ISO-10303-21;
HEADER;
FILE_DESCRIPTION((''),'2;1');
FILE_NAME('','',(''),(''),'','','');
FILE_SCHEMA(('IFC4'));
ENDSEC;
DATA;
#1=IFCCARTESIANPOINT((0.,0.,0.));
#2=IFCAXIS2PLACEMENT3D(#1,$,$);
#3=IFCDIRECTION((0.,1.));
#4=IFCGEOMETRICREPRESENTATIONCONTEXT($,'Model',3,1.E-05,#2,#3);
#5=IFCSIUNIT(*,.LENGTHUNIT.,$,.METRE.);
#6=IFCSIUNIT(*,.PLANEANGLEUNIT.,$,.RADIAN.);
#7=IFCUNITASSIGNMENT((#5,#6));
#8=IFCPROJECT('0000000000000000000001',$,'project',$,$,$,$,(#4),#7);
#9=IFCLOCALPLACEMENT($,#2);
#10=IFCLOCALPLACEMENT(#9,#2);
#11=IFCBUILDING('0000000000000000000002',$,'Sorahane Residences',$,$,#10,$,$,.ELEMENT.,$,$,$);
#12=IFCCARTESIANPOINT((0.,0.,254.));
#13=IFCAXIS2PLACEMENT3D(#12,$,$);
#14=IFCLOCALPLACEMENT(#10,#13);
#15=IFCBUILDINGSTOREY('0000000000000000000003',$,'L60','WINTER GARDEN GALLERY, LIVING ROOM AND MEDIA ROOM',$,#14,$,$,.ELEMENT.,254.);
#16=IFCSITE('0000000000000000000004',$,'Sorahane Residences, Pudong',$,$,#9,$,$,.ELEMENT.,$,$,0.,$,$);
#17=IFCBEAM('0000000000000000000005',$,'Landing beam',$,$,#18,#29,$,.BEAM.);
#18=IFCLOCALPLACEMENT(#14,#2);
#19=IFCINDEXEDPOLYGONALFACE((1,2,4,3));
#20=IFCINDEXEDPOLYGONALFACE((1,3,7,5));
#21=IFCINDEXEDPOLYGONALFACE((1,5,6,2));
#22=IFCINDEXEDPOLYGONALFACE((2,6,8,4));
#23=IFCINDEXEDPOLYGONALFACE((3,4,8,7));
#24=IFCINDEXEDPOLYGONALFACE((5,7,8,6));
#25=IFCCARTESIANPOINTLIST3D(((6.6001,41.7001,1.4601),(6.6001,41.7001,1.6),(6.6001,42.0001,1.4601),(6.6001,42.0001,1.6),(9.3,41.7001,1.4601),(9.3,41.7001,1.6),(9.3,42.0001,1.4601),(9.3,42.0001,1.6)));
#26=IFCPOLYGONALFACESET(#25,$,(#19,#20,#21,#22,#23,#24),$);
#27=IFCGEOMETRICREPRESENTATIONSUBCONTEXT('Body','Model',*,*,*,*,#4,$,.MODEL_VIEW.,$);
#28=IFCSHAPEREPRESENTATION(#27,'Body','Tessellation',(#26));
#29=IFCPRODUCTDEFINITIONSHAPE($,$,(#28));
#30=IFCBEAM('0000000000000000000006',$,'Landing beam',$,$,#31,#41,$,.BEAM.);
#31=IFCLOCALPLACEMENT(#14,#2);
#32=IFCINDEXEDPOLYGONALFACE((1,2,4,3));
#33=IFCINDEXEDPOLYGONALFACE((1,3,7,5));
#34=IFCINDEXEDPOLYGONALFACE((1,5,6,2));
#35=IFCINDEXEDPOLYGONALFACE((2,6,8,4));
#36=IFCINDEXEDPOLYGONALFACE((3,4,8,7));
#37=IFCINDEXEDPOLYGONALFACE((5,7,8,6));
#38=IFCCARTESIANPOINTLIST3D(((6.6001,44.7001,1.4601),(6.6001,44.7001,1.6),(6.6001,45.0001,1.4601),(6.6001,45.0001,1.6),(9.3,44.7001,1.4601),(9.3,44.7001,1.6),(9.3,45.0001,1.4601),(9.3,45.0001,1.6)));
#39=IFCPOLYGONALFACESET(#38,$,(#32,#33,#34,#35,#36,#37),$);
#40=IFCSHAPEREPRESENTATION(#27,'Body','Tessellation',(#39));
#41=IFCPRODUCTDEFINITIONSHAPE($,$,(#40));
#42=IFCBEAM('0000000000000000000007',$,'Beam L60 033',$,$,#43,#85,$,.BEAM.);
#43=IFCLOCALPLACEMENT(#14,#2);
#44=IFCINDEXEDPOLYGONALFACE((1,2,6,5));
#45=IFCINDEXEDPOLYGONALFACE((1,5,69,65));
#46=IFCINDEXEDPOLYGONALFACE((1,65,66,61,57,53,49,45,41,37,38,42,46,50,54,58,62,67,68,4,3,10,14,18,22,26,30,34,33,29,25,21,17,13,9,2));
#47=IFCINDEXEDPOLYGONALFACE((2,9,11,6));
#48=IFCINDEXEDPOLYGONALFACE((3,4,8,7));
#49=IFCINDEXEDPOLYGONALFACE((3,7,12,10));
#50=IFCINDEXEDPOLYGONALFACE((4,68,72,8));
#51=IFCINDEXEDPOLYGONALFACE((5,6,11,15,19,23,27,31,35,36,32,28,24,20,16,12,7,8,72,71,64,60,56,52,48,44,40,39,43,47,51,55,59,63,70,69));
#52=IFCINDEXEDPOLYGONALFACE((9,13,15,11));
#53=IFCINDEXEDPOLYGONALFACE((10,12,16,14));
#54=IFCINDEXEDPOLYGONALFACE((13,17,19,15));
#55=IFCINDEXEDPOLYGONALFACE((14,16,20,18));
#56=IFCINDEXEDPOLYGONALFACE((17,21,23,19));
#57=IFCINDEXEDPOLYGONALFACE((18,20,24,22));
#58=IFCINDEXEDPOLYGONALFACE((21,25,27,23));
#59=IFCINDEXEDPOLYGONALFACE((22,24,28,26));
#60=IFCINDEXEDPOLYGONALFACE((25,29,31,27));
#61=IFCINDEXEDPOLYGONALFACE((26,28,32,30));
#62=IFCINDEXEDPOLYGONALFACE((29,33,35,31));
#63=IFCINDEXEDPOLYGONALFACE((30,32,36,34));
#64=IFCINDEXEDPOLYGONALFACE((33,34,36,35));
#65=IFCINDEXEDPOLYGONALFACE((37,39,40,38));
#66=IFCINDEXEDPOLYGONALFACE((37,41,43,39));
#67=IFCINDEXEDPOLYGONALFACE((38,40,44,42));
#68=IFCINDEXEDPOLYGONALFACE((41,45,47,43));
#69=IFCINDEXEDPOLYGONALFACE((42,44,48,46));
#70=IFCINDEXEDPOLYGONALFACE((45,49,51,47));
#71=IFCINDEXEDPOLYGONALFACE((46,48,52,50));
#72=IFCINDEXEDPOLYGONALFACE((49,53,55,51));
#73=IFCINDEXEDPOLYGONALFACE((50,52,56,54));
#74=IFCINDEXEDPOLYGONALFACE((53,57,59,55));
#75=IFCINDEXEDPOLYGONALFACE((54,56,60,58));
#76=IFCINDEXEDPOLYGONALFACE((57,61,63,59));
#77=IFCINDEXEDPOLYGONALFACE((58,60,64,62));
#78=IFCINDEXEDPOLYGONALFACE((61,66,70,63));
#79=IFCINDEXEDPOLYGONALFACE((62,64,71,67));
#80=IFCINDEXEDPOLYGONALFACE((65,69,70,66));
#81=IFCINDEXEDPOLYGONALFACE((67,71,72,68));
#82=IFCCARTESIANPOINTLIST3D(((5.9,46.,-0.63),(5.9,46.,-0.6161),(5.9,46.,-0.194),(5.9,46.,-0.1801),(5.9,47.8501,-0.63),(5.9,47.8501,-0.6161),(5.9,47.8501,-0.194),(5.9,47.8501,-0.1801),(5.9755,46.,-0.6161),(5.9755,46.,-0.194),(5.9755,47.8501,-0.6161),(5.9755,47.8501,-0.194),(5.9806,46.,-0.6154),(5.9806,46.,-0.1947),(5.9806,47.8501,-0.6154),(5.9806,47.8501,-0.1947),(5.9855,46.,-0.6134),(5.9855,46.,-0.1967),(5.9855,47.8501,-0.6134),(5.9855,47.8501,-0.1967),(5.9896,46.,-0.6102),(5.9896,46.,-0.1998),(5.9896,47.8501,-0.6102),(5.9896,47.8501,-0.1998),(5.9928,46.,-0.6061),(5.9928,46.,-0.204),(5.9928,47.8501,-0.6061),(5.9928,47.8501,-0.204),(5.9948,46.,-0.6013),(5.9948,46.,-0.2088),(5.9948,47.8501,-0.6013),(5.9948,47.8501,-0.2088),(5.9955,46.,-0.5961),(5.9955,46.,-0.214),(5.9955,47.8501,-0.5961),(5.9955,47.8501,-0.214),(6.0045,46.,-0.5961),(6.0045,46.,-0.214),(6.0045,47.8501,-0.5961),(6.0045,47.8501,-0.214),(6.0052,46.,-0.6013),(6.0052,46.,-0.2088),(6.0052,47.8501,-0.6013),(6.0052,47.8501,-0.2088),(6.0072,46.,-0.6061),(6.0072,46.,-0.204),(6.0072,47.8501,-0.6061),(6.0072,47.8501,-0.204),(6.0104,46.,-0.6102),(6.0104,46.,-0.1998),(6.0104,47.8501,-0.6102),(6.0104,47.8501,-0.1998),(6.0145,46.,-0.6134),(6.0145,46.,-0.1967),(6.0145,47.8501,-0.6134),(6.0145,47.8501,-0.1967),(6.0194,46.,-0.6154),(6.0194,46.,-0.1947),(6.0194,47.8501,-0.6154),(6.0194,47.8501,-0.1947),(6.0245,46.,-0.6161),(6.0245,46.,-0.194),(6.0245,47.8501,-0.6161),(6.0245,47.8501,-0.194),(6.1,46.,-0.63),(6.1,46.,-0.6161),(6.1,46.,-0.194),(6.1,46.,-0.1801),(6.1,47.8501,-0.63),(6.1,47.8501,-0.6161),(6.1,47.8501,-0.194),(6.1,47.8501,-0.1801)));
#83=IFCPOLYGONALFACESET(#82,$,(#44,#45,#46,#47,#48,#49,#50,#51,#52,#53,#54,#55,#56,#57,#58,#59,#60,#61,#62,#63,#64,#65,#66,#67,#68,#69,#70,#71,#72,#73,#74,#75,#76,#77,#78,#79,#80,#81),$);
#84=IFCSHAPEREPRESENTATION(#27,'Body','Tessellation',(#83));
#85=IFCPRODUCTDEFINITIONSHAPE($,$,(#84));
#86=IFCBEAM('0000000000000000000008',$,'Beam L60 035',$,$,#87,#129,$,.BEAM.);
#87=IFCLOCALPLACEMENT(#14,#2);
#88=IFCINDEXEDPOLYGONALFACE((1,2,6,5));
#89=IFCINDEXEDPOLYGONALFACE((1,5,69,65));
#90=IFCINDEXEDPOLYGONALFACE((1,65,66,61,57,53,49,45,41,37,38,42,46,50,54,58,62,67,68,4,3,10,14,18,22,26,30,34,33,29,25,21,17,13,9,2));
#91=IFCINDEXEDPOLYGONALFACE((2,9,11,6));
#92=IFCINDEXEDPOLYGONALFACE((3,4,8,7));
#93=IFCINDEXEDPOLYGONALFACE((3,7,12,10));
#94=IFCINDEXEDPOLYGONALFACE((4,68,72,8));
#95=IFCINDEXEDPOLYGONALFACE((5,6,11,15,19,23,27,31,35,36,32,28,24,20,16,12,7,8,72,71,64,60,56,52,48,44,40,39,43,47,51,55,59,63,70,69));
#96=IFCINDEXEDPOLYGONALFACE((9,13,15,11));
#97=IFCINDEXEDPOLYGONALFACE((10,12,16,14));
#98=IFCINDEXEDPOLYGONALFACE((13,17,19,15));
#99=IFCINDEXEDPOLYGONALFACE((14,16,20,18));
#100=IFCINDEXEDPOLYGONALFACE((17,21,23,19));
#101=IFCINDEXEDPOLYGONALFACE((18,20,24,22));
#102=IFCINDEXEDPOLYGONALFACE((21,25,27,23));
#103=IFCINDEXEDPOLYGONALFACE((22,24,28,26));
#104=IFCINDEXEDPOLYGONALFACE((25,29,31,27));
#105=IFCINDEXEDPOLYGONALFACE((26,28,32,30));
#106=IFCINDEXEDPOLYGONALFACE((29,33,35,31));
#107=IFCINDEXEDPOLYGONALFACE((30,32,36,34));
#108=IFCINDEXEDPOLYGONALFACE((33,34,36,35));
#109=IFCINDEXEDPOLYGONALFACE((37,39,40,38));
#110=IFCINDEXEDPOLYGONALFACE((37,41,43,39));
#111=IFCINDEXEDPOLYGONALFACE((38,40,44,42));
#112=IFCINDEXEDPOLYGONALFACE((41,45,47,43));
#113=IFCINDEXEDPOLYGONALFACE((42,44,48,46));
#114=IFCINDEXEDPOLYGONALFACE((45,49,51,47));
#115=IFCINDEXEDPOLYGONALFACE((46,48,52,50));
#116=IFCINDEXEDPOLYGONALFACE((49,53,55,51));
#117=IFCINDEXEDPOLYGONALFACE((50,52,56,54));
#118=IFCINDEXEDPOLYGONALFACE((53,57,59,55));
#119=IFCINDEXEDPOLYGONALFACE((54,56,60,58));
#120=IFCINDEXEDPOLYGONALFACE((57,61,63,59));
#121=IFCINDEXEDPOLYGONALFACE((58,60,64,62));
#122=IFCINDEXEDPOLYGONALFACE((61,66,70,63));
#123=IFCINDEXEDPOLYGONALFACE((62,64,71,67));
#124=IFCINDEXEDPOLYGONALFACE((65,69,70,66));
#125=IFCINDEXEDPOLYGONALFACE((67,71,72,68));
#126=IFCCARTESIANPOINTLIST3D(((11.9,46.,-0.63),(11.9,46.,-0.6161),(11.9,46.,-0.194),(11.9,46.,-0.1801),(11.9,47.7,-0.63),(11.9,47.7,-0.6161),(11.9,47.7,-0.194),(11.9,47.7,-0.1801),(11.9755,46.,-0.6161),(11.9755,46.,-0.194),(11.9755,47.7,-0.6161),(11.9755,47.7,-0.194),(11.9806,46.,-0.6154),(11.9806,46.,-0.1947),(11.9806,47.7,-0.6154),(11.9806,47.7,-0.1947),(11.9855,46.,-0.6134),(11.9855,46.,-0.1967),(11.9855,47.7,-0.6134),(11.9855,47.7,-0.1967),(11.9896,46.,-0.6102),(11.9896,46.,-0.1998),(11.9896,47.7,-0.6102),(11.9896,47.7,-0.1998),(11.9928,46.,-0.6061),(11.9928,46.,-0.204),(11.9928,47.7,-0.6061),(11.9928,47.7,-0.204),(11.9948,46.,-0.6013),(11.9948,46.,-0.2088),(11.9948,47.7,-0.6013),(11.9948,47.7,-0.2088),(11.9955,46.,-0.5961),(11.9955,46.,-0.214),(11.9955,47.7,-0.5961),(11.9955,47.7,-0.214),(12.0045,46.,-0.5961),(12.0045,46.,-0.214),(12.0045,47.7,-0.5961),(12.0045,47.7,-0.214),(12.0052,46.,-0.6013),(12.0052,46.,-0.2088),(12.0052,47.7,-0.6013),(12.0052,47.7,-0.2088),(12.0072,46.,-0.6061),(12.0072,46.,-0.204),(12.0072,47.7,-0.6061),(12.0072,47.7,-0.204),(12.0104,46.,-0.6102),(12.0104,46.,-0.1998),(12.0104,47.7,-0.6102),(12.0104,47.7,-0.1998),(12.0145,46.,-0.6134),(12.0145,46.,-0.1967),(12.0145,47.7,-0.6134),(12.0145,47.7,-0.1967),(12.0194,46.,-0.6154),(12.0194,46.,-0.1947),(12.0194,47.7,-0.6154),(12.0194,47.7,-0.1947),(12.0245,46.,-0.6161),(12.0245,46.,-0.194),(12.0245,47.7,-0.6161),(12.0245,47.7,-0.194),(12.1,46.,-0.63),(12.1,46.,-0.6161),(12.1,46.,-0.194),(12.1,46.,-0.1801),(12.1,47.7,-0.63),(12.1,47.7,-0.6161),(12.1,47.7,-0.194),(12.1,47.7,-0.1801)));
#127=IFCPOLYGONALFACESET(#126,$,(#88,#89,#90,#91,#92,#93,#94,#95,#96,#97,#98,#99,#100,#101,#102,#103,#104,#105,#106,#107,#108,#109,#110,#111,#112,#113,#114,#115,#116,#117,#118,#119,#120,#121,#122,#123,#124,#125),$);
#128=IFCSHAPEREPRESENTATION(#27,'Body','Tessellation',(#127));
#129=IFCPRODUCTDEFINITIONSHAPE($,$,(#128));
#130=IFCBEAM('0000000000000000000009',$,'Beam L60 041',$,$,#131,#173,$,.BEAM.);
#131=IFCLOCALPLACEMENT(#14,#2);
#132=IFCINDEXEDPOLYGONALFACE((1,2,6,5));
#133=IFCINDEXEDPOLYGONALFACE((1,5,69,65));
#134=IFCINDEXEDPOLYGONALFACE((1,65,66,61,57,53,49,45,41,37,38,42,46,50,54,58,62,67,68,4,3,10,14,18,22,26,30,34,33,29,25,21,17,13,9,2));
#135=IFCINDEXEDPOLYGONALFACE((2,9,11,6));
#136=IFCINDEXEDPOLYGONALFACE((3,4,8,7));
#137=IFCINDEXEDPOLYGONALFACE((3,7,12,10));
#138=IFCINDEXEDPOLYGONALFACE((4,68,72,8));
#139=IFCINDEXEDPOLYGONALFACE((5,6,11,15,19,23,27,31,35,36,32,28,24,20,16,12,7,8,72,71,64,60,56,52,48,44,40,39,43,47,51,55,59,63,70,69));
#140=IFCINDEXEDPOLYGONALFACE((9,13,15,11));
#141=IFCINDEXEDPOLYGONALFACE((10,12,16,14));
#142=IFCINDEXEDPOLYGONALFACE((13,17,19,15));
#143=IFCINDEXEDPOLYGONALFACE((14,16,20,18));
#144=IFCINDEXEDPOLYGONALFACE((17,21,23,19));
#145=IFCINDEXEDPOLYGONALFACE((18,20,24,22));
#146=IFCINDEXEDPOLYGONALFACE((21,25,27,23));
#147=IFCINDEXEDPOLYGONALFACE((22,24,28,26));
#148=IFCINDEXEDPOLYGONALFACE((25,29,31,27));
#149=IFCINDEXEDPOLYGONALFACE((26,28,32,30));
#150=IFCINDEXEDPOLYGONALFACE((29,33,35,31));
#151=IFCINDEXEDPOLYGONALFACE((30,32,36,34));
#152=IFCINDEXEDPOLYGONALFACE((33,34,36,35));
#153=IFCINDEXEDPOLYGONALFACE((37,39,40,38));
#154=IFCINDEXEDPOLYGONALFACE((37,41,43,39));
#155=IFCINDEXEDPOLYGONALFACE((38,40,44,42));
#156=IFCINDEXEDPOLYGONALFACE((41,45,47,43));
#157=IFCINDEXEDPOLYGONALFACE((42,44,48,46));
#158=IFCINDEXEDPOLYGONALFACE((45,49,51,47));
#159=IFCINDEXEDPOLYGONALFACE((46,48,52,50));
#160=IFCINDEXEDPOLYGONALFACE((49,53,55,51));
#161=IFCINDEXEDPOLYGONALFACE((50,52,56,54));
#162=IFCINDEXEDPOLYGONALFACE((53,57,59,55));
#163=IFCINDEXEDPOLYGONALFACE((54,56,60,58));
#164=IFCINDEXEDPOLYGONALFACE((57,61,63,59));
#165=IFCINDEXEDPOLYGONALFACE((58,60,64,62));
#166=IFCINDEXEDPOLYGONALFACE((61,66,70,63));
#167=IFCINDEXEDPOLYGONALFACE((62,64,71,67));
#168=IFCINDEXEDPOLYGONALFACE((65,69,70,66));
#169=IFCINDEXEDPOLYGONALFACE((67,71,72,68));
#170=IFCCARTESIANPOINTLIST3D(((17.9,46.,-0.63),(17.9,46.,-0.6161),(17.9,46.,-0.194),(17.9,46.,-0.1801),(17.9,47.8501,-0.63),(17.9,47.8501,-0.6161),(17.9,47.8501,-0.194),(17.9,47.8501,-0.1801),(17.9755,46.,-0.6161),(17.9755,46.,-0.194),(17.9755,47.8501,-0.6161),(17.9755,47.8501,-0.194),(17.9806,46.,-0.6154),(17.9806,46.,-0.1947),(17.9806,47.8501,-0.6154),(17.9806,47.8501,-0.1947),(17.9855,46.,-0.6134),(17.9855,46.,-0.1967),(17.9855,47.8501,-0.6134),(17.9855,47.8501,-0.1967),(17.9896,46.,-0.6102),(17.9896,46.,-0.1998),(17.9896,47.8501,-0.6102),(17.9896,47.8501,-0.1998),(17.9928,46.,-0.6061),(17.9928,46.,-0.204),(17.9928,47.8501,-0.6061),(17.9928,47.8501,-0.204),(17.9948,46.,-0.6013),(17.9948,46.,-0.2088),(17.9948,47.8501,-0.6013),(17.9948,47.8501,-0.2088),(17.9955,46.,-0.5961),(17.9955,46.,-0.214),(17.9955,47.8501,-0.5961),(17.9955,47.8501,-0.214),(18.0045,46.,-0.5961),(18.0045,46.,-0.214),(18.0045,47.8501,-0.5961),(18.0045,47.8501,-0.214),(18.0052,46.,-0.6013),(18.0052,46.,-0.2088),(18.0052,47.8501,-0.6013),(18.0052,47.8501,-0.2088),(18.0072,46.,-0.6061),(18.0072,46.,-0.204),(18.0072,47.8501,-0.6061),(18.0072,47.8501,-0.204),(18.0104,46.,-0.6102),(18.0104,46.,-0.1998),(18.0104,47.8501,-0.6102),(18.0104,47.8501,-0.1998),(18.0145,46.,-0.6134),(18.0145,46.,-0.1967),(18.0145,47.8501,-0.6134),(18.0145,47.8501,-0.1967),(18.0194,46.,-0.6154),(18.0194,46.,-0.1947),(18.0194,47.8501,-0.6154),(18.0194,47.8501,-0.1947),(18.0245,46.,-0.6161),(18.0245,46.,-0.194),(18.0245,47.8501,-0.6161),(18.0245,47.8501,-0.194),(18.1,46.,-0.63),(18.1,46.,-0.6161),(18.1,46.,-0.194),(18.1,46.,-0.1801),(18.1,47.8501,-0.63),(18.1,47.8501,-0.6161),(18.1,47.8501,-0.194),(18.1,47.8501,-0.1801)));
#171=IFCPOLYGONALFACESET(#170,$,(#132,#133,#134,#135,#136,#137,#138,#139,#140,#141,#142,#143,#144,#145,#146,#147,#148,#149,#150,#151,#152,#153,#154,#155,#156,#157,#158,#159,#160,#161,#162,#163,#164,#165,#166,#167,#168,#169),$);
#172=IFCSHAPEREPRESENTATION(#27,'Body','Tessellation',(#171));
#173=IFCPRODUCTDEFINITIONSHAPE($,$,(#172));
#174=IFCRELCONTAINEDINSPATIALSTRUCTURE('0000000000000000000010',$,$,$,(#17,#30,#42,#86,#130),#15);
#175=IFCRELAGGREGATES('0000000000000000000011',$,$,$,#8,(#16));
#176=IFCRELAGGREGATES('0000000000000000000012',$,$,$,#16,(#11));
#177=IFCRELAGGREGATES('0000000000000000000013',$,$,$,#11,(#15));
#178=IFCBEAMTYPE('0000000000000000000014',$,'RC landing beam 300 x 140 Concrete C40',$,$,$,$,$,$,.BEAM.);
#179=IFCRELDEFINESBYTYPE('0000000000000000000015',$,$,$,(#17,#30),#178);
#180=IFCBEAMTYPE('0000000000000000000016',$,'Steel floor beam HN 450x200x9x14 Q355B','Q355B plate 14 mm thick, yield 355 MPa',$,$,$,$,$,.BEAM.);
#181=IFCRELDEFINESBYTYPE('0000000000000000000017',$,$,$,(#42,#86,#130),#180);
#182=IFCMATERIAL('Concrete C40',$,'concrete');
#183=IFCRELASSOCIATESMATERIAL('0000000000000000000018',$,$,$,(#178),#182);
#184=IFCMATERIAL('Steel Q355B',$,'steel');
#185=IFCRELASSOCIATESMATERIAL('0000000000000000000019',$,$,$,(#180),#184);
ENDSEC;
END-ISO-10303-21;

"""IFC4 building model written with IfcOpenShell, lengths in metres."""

from ifc_helpers import new_model, si_unit, direction, frame, origin, origin_2d, place, context, subcontext, project, spatial, rectangle, i_section, extrude, material, material_profile, profile_set, type_object, element, save


model = new_model("IFC4")

# Units and contexts
model_context = context("Model", 3, precision=1e-05, world=origin(), true_north=direction((0.0, 1.0)))
body_context = subcontext(model_context, "Body", "Model", "MODEL_VIEW")
ifc_project = project(units=[si_unit("LENGTHUNIT", "METRE"), si_unit("PLANEANGLEUNIT", "RADIAN")], contexts=[model_context])

# Site, building, storey
site_placement = place(None, origin())
site = spatial("IfcSite", under=ifc_project, at=site_placement, Name="Sorahane Residences, Pudong", CompositionType="ELEMENT", RefElevation=0.0)
building_placement = place(site_placement, origin())
building = spatial("IfcBuilding", under=site, at=building_placement, Name="Sorahane Residences", CompositionType="ELEMENT")
storey_placement = place(building_placement, frame((0.0, 0.0, 254.0)))
storey = spatial("IfcBuildingStorey", under=building, at=storey_placement, Name="L60", Description="WINTER GARDEN GALLERY, LIVING ROOM AND MEDIA ROOM", CompositionType="ELEMENT", Elevation=254.0)

# Beams
ifc_material_1 = material(Name="Concrete C40", Category="concrete")
ifc_material_profile_1 = material_profile(ifc_material_1, rectangle(XDim=0.3, YDim=0.1399, at=origin_2d()), Name="300x140")
ifc_profile_set_1 = profile_set([ifc_material_profile_1], Name="Concrete C40")
beam_type_1 = type_object("IfcBeamType", Name="RC landing beam 300 x 140 Concrete C40", PredefinedType="BEAM", material=ifc_profile_set_1)
for number, where, z_axis, x_axis, name in (
    (1, (6.6001, 41.8501, 1.53), (1.0, 0.0, 0.0), (0.0, 1.0, 0.0), "Landing beam"),
    (2, (6.6001, 44.8501, 1.53), (1.0, 0.0, 0.0), (0.0, 1.0, 0.0), "Landing beam"),
):
    element("IfcBeam", number, at=place(storey_placement, frame(where, z_axis=z_axis, x_axis=x_axis)), inside=storey, type_object=beam_type_1, Name=name, PredefinedType="BEAM", context=body_context, shape_type="SweptSolid", body=[
        extrude(rectangle(XDim=0.3, YDim=0.1399, at=origin_2d()), origin(), (0.0, 0.0, 1.0), 2.7),
    ])
ifc_material_2 = material(Name="Steel Q355B", Category="steel")
ifc_material_profile_2 = material_profile(ifc_material_2, i_section(OverallWidth=0.2, OverallDepth=0.45, WebThickness=0.009, FlangeThickness=0.0139, FilletRadius=0.02, at=origin_2d()), Name="HN 450x200x9x14")
ifc_profile_set_2 = profile_set([ifc_material_profile_2], Name="Steel Q355B")
beam_type_2 = type_object("IfcBeamType", Name="Steel floor beam HN 450x200x9x14 Q355B", Description="Q355B plate 14 mm thick, yield 355 MPa", PredefinedType="BEAM", material=ifc_profile_set_2)
beam_1_placement = place(storey_placement, frame((6.0, 46.0, -0.405), z_axis=(0.0, 1.0, 0.0), x_axis=(-1.0, 0.0, 0.0)))
element("IfcBeam", 3, at=beam_1_placement, inside=storey, type_object=beam_type_2, Name="Beam L60 033", PredefinedType="BEAM", context=body_context, shape_type="SweptSolid", body=[
    extrude(i_section(OverallWidth=0.2, OverallDepth=0.45, WebThickness=0.009, FlangeThickness=0.0139, FilletRadius=0.02, at=origin_2d()), origin(), (0.0, 0.0, 1.0), 1.8501),
])
beam_2_placement = place(storey_placement, frame((12.0, 46.0, -0.405), z_axis=(0.0, 1.0, 0.0), x_axis=(-1.0, 0.0, 0.0)))
element("IfcBeam", 4, at=beam_2_placement, inside=storey, type_object=beam_type_2, Name="Beam L60 035", PredefinedType="BEAM", context=body_context, shape_type="SweptSolid", body=[
    extrude(i_section(OverallWidth=0.2, OverallDepth=0.45, WebThickness=0.009, FlangeThickness=0.0139, FilletRadius=0.02, at=origin_2d()), origin(), (0.0, 0.0, 1.0), 1.7),
])
beam_3_placement = place(storey_placement, frame((18.0, 46.0, -0.405), z_axis=(0.0, 1.0, 0.0), x_axis=(-1.0, 0.0, 0.0)))
element("IfcBeam", 5, at=beam_3_placement, inside=storey, type_object=beam_type_2, Name="Beam L60 041", PredefinedType="BEAM", context=body_context, shape_type="SweptSolid", body=[
    extrude(i_section(OverallWidth=0.2, OverallDepth=0.45, WebThickness=0.009, FlangeThickness=0.0139, FilletRadius=0.02, at=origin_2d()), origin(), (0.0, 0.0, 1.0), 1.8501),
])

save(model, "model.ifc")
